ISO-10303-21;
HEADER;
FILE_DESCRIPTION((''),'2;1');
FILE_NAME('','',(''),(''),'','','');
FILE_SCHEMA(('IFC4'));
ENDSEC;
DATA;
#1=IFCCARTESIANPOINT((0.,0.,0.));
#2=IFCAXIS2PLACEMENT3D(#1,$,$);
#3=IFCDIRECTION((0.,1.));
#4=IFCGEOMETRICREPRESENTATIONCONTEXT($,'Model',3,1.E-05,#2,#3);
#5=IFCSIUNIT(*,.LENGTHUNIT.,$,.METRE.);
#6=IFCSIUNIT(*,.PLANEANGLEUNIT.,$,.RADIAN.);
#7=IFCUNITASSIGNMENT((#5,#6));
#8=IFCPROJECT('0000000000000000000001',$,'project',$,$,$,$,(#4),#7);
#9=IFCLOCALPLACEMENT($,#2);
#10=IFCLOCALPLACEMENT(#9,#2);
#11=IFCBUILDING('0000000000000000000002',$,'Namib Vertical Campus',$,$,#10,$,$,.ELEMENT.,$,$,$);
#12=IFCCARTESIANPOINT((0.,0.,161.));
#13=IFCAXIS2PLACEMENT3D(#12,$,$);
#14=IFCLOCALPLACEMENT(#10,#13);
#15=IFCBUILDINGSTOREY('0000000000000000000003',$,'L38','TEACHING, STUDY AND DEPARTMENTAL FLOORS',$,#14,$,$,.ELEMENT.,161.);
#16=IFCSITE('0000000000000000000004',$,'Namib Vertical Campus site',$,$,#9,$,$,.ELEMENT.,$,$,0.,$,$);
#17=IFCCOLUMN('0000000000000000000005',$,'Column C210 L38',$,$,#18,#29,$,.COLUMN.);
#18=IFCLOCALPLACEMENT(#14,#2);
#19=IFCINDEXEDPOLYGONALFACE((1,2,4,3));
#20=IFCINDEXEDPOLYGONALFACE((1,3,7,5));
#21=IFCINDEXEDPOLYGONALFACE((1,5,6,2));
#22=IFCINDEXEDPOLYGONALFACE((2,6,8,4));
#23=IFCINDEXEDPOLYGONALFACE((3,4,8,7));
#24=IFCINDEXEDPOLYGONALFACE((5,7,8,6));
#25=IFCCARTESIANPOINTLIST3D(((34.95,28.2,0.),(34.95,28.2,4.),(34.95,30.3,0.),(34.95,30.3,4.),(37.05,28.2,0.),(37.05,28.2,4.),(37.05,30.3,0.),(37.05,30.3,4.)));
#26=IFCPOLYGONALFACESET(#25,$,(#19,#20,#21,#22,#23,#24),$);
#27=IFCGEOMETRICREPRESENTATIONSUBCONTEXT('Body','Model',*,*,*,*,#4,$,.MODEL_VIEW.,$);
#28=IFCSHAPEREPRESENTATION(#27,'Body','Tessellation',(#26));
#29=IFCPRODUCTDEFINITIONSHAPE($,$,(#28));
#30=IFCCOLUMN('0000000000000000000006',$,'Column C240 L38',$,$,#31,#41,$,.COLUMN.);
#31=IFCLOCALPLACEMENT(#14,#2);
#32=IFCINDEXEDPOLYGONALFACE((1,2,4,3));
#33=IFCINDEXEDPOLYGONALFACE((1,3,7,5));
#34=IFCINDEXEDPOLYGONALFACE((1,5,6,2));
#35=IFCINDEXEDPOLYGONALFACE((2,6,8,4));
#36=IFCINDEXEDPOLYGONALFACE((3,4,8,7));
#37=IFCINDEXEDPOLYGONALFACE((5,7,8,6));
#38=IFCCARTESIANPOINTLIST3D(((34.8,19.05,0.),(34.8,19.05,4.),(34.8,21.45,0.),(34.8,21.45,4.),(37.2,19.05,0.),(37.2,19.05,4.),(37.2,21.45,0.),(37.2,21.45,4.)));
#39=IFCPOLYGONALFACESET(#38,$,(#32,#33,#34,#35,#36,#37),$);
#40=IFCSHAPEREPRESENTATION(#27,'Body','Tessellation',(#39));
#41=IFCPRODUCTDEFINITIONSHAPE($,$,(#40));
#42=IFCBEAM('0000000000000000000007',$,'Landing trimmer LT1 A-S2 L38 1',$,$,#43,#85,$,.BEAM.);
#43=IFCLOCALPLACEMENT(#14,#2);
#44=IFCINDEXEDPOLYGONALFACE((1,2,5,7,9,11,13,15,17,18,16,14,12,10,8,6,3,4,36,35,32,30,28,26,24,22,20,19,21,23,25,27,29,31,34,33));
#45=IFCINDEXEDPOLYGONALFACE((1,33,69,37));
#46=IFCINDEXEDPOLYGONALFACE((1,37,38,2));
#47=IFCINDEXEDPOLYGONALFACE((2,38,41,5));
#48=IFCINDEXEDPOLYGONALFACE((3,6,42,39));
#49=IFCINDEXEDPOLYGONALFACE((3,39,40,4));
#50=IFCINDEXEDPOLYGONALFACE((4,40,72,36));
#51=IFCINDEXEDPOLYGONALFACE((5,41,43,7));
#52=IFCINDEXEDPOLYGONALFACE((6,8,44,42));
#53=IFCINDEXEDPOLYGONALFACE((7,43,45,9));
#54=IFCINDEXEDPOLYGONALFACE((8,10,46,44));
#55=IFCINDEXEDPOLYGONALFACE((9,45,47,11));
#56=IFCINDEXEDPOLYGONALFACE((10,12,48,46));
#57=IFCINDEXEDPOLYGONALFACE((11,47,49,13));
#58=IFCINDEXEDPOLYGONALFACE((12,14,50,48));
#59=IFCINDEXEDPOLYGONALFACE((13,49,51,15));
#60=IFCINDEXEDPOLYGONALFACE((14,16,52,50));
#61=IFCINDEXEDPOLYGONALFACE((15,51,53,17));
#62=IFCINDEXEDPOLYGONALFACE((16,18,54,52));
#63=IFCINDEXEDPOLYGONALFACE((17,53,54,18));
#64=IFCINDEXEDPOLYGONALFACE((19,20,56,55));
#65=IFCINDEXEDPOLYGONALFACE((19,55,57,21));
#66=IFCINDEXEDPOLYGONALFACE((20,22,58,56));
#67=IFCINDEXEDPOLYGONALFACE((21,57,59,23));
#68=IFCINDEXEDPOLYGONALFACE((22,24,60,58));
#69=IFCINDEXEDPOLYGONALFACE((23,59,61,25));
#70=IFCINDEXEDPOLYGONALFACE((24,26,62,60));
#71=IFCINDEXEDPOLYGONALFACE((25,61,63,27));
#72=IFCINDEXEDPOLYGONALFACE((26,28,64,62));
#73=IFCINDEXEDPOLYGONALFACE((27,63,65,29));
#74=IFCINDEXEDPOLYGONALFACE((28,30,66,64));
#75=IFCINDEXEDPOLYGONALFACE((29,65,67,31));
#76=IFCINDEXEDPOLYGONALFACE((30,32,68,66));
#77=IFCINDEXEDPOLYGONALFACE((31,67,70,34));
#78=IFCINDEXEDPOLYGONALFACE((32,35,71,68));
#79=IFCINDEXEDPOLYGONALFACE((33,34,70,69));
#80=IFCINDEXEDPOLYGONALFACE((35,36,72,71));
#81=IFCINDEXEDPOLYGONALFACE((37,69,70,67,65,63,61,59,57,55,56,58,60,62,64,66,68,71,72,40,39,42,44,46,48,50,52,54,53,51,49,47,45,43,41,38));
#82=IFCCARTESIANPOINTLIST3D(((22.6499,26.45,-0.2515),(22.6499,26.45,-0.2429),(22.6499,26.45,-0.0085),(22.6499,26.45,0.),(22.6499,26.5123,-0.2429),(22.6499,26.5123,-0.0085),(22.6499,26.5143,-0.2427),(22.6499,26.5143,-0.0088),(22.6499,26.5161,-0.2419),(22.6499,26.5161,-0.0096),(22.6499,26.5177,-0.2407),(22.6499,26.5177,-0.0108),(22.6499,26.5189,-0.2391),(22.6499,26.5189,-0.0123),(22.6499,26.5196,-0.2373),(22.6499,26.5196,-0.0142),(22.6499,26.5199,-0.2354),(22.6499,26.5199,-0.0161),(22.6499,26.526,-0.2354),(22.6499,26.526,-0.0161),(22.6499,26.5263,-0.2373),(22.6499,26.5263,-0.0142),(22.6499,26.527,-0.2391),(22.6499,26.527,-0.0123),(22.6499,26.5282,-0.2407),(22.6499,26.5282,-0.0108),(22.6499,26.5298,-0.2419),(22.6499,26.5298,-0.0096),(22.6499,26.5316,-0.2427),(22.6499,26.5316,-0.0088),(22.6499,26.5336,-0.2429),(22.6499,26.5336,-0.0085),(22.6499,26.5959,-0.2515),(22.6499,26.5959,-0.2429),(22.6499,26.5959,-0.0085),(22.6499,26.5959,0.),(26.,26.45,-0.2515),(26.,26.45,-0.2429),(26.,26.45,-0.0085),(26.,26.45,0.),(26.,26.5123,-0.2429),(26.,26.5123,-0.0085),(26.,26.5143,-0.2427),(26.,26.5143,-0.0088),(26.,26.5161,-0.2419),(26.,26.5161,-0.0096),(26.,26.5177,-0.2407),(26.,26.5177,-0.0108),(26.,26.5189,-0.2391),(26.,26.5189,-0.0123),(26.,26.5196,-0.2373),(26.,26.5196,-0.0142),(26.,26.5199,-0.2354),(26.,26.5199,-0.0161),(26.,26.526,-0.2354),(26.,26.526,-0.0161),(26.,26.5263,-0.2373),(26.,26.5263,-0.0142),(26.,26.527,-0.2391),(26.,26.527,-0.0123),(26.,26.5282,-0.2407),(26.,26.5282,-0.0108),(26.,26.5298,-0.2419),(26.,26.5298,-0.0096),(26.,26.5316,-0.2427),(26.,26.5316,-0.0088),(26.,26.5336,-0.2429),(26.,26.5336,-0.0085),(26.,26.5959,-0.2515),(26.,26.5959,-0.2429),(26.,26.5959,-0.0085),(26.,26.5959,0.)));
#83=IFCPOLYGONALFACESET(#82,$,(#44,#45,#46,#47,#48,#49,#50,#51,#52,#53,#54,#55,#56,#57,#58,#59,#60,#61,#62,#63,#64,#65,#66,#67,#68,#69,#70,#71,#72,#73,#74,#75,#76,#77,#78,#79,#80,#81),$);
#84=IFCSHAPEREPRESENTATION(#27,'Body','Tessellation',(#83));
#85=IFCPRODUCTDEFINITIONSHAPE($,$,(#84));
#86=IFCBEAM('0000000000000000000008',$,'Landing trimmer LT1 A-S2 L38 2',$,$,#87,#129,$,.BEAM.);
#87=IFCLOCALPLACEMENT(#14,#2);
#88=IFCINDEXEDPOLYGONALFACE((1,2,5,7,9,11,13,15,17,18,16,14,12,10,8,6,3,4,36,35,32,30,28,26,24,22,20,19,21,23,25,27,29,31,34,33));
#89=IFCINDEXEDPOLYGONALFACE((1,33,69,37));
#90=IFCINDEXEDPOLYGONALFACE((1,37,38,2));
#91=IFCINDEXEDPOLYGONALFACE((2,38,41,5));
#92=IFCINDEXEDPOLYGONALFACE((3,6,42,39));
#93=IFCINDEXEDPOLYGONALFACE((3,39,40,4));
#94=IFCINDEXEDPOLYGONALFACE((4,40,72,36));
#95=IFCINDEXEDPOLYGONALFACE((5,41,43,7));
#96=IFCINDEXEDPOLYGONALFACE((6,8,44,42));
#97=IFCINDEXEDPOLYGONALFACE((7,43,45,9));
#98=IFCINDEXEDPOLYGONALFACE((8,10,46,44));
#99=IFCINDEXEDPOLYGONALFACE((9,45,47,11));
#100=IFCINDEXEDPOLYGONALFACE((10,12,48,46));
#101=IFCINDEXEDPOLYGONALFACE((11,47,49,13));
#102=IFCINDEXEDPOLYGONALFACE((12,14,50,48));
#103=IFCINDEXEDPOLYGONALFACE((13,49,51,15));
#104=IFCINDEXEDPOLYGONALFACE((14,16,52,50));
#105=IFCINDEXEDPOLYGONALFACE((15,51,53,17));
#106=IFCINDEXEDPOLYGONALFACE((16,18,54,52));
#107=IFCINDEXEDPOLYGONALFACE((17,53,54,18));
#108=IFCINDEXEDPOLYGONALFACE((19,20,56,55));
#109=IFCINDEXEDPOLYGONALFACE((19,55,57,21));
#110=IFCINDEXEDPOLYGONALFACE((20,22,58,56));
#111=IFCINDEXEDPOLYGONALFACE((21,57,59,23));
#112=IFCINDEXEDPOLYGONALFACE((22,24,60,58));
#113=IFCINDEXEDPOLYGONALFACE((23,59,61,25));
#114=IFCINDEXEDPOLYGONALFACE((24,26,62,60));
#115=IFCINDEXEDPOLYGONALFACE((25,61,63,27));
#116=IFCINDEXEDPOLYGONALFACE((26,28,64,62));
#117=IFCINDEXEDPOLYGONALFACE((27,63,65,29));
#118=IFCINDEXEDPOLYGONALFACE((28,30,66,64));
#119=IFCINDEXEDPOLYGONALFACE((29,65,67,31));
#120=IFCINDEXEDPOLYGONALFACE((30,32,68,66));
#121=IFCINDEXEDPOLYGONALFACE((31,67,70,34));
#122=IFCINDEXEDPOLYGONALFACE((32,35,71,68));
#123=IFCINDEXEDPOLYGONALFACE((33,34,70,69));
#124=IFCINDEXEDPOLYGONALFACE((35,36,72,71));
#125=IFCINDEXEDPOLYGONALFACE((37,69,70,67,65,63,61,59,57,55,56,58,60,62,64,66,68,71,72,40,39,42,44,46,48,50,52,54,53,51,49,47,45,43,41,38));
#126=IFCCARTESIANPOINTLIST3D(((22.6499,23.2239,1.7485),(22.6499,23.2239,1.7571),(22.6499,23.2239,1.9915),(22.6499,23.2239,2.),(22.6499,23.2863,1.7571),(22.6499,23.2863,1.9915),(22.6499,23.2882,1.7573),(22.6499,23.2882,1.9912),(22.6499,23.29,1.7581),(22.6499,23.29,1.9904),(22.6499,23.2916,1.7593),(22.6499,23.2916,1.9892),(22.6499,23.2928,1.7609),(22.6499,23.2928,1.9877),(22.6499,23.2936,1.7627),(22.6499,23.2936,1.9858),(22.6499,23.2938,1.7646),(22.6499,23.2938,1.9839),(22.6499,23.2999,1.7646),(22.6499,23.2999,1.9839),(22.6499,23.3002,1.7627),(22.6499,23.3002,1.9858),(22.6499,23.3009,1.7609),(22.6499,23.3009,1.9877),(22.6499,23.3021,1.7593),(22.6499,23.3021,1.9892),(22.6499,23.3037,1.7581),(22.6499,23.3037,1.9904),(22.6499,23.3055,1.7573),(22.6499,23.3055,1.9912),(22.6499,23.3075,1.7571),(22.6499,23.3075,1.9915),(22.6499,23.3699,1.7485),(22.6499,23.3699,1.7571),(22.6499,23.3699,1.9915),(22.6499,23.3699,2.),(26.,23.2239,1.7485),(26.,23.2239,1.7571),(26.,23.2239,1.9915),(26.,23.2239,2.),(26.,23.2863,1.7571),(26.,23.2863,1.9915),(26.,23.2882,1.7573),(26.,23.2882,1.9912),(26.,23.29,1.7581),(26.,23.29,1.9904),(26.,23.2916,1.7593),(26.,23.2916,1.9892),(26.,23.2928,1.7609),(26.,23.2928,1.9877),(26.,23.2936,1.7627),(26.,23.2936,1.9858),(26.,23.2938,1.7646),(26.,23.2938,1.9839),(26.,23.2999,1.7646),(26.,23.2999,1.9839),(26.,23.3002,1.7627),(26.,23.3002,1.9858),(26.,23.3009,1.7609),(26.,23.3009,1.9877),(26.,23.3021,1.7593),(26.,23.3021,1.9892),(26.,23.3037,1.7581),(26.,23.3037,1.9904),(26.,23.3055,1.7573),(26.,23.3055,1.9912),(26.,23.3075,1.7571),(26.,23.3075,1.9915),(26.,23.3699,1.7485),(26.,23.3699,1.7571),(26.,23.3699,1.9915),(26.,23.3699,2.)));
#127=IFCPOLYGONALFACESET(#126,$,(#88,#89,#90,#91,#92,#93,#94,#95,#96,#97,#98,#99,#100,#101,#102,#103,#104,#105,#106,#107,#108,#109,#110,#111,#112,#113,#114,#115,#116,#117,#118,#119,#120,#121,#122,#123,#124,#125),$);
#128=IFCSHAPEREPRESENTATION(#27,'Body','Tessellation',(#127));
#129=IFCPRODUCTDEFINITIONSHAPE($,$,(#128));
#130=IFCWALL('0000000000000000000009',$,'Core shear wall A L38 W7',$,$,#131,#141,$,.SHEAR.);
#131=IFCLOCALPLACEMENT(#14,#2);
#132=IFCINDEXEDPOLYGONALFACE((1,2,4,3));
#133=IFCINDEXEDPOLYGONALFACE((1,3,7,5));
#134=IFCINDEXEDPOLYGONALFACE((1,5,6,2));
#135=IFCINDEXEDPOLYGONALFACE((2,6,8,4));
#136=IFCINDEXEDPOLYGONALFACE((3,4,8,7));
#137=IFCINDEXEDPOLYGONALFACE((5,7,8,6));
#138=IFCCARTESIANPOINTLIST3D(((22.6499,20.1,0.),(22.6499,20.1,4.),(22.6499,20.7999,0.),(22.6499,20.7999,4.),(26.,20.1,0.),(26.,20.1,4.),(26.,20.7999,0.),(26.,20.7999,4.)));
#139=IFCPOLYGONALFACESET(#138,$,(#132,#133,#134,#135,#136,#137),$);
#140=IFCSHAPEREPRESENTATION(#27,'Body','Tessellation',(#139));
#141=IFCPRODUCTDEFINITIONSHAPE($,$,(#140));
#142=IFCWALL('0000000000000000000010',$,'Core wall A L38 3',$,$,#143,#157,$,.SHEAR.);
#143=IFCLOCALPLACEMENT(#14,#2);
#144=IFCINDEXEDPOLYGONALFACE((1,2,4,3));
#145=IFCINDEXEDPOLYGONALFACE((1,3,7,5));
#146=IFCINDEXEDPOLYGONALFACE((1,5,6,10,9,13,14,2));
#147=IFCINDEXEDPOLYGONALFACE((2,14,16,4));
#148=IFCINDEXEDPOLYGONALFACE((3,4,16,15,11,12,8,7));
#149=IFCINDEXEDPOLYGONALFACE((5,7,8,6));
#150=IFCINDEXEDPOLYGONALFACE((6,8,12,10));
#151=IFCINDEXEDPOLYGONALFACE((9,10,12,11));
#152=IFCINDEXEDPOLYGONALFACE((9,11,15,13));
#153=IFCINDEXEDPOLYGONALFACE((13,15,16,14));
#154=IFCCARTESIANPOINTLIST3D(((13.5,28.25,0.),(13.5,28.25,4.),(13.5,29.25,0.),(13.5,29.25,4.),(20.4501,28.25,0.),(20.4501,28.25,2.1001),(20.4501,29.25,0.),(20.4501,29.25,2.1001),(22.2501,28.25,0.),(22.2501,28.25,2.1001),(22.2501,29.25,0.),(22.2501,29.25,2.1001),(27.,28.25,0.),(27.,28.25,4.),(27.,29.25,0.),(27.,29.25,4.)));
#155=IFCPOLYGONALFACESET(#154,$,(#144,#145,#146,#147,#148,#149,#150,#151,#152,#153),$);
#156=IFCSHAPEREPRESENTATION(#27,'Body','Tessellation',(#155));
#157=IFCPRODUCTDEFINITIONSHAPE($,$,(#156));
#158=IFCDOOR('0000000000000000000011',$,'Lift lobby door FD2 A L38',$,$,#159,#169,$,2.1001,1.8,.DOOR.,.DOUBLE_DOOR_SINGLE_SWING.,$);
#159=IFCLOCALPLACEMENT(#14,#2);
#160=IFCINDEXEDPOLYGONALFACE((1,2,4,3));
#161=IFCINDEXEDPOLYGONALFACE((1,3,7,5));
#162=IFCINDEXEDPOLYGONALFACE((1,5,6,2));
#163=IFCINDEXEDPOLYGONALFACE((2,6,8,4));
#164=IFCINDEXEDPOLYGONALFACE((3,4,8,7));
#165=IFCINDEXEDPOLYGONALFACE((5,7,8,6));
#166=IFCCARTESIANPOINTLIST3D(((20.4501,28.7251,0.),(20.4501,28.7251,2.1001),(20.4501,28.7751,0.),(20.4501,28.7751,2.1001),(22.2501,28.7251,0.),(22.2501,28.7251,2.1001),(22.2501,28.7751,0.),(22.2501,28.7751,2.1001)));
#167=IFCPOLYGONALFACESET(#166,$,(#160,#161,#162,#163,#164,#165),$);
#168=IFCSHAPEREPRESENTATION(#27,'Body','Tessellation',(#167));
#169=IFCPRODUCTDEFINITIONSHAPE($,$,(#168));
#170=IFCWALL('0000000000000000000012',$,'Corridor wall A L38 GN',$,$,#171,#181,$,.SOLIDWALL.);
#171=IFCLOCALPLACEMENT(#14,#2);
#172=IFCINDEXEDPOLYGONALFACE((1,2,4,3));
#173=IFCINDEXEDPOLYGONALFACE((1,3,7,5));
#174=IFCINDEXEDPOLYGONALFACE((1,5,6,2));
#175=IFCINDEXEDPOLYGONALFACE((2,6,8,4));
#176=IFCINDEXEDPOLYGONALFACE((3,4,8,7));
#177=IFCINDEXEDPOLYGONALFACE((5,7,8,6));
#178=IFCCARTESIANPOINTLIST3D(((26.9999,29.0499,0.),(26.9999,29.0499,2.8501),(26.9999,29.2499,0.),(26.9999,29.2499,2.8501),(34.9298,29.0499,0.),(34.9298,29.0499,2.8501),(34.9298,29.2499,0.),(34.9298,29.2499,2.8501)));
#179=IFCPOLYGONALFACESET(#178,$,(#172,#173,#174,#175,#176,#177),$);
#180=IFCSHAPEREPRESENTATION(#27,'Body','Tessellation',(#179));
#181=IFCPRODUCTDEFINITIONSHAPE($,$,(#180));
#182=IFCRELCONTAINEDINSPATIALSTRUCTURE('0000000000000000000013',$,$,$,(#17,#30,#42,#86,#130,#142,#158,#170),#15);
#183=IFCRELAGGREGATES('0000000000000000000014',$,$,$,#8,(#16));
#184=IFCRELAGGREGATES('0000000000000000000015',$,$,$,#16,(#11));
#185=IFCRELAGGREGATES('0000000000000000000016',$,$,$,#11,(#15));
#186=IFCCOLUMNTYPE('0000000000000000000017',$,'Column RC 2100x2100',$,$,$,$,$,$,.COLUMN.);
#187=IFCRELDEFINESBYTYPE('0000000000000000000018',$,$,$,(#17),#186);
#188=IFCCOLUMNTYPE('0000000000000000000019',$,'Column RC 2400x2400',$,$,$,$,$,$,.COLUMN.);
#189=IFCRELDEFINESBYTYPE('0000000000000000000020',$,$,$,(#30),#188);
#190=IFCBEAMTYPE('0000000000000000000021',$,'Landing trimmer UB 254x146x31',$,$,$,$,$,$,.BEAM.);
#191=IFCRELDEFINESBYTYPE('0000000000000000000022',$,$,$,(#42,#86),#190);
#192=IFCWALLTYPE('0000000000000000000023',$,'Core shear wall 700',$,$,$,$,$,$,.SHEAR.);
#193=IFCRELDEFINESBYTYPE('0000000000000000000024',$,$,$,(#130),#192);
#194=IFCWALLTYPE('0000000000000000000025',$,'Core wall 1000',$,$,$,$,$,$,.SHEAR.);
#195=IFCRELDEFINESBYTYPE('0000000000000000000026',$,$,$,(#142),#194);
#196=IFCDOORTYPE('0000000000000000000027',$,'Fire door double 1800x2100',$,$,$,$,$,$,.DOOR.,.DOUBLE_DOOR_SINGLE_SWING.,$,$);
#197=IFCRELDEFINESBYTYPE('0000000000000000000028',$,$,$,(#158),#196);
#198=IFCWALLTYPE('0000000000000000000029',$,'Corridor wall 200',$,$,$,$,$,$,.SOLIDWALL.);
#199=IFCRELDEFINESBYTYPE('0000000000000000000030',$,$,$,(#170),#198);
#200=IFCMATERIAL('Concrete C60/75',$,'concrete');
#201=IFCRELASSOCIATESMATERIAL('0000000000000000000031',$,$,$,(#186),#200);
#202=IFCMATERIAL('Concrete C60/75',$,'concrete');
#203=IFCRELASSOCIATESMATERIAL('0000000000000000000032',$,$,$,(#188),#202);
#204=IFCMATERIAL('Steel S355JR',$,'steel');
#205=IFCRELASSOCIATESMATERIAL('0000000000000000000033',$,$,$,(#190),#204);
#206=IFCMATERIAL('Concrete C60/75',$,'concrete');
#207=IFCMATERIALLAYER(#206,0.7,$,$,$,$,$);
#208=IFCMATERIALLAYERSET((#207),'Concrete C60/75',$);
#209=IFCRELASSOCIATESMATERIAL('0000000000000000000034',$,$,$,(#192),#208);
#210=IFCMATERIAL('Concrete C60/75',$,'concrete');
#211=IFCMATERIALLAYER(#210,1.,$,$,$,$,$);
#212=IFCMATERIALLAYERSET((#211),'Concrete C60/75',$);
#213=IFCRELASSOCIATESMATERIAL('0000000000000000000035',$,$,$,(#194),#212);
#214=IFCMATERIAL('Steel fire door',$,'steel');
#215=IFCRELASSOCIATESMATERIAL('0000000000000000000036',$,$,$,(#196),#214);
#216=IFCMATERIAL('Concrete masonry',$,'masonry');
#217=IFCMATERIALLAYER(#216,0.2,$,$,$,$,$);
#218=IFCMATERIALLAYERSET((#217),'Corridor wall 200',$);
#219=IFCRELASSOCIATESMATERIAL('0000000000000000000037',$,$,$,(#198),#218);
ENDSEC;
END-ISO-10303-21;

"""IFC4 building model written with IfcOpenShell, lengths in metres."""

from ifc_helpers import new_model, si_unit, direction, frame, frame_2d, origin, origin_2d, place, context, subcontext, project, spatial, rectangle, i_section, extrude, material, layer, layer_set, material_profile, profile_set, type_object, element, fill, save


model = new_model("IFC4")

# Units and contexts
model_context = context("Model", 3, precision=1e-05, world=origin(), true_north=direction((0.0, 1.0)))
body_context = subcontext(model_context, "Body", "Model", "MODEL_VIEW")
ifc_project = project(units=[si_unit("LENGTHUNIT", "METRE"), si_unit("PLANEANGLEUNIT", "RADIAN")], contexts=[model_context])

# Site, building, storey
site_placement = place(None, origin())
site = spatial("IfcSite", under=ifc_project, at=site_placement, Name="Namib Vertical Campus site", CompositionType="ELEMENT", RefElevation=0.0)
building_placement = place(site_placement, origin())
building = spatial("IfcBuilding", under=site, at=building_placement, Name="Namib Vertical Campus", CompositionType="ELEMENT")
storey_placement = place(building_placement, frame((0.0, 0.0, 161.0)))
storey = spatial("IfcBuildingStorey", under=building, at=storey_placement, Name="L38", Description="TEACHING, STUDY AND DEPARTMENTAL FLOORS", CompositionType="ELEMENT", Elevation=161.0)

# Columns
ifc_material_1 = material(Name="Concrete C60/75", Category="concrete")
ifc_material_profile_1 = material_profile(ifc_material_1, rectangle(XDim=2.1001, YDim=2.1001, at=origin_2d()))
ifc_profile_set_1 = profile_set([ifc_material_profile_1], Name="Concrete C60/75")
column_type_1 = type_object("IfcColumnType", Name="Column RC 2100x2100", PredefinedType="COLUMN", material=ifc_profile_set_1)
column_1_placement = place(storey_placement, frame((36.0, 29.25, 0.0), z_axis=(0.0, 0.0, 1.0), x_axis=(1.0, 0.0, 0.0)))
element("IfcColumn", 1, at=column_1_placement, inside=storey, type_object=column_type_1, Name="Column C210 L38", PredefinedType="COLUMN", context=body_context, shape_type="SweptSolid", body=[
    extrude(rectangle(XDim=2.1001, YDim=2.1001, at=origin_2d()), origin(), (0.0, 0.0, 1.0), 4.0),
])
ifc_material_2 = material(Name="Concrete C60/75", Category="concrete")
ifc_material_profile_2 = material_profile(ifc_material_2, rectangle(XDim=2.3999, YDim=2.3999, at=origin_2d()))
ifc_profile_set_2 = profile_set([ifc_material_profile_2], Name="Concrete C60/75")
column_type_2 = type_object("IfcColumnType", Name="Column RC 2400x2400", PredefinedType="COLUMN", material=ifc_profile_set_2)
column_2_placement = place(storey_placement, frame((36.0, 20.25, 0.0), z_axis=(0.0, 0.0, 1.0), x_axis=(1.0, 0.0, 0.0)))
element("IfcColumn", 2, at=column_2_placement, inside=storey, type_object=column_type_2, Name="Column C240 L38", PredefinedType="COLUMN", context=body_context, shape_type="SweptSolid", body=[
    extrude(rectangle(XDim=2.3999, YDim=2.3999, at=origin_2d()), origin(), (0.0, 0.0, 1.0), 4.0),
])

# Beams
ifc_material_3 = material(Name="Steel S355JR", Category="steel")
ifc_material_profile_3 = material_profile(ifc_material_3, i_section(OverallWidth=0.146, OverallDepth=0.2515, WebThickness=0.0061, FlangeThickness=0.0085, FilletRadius=0.0076, at=origin_2d()))
ifc_profile_set_3 = profile_set([ifc_material_profile_3], Name="Steel S355JR")
beam_type = type_object("IfcBeamType", Name="Landing trimmer UB 254x146x31", PredefinedType="BEAM", material=ifc_profile_set_3)
for number, where, z_axis, x_axis, name in (
    (3, (22.6499, 26.5229, -0.1257), (1.0, 0.0, 0.0), (0.0, 1.0, 0.0), "Landing trimmer LT1 A-S2 L38 1"),
    (4, (22.6499, 23.2969, 1.8743), (1.0, 0.0, 0.0), (0.0, 1.0, 0.0), "Landing trimmer LT1 A-S2 L38 2"),
):
    element("IfcBeam", number, at=place(storey_placement, frame(where, z_axis=z_axis, x_axis=x_axis)), inside=storey, type_object=beam_type, Name=name, PredefinedType="BEAM", context=body_context, shape_type="SweptSolid", body=[
        extrude(i_section(OverallWidth=0.146, OverallDepth=0.2515, WebThickness=0.0061, FlangeThickness=0.0085, FilletRadius=0.0076, at=origin_2d()), origin(), (0.0, 0.0, 1.0), 3.3501),
    ])

# Wall
ifc_material_4 = material(Name="Concrete C60/75", Category="concrete")
ifc_layer_1 = layer(ifc_material_4, 0.7)
ifc_layer_set_1 = layer_set([ifc_layer_1], Name="Concrete C60/75")
wall_type_1 = type_object("IfcWallType", Name="Core shear wall 700", PredefinedType="SHEAR", material=ifc_layer_set_1)
wall_1_placement = place(storey_placement, frame((22.6499, 20.45, 0.0), z_axis=(0.0, 0.0, 1.0), x_axis=(1.0, 0.0, 0.0)))
element("IfcWall", 5, at=wall_1_placement, inside=storey, type_object=wall_type_1, Name="Core shear wall A L38 W7", PredefinedType="SHEAR", context=body_context, shape_type="SweptSolid", body=[
    extrude(rectangle(XDim=3.3501, YDim=0.7, at=frame_2d((1.675, 0.0))), origin(), (0.0, 0.0, 1.0), 4.0),
])

# Wall, opening, door
ifc_material_5 = material(Name="Concrete C60/75", Category="concrete")
ifc_layer_2 = layer(ifc_material_5, 1.0)
ifc_layer_set_2 = layer_set([ifc_layer_2], Name="Concrete C60/75")
wall_type_2 = type_object("IfcWallType", Name="Core wall 1000", PredefinedType="SHEAR", material=ifc_layer_set_2)
wall_2_placement = place(storey_placement, frame((27.0, 28.75, 0.0), z_axis=(0.0, 0.0, 1.0), x_axis=(-1.0, 0.0, 0.0)))
wall_2 = element("IfcWall", 6, at=wall_2_placement, inside=storey, type_object=wall_type_2, Name="Core wall A L38 3", PredefinedType="SHEAR", context=body_context, shape_type="SweptSolid", body=[
    extrude(rectangle(XDim=13.5, YDim=1.0, at=frame_2d((6.75, 0.0))), origin(), (0.0, 0.0, 1.0), 4.0),
])
opening_1_placement = place(wall_2_placement, frame((4.75, 0.0, 0.0)))
opening_1 = element("IfcOpeningElement", 7, at=opening_1_placement, cuts=wall_2, PredefinedType="OPENING", context=body_context, shape_type="SweptSolid", body=[
    extrude(rectangle(XDim=1.8, YDim=2.1001, at=frame_2d((0.8999, 1.05))), frame((0.0, 0.51, 0.0), z_axis=(0.0, -1.0, 0.0), x_axis=(1.0, 0.0, 0.0)), (0.0, 0.0, 1.0), 1.02),
])
ifc_material_6 = material(Name="Steel fire door", Category="steel")
door_type_1 = type_object("IfcDoorType", Name="Fire door double 1800x2100", OperationType="DOUBLE_DOOR_SINGLE_SWING", PredefinedType="DOOR", material=ifc_material_6)
door_1_placement = place(opening_1_placement, origin())
door_1 = element("IfcDoor", 8, at=door_1_placement, inside=storey, type_object=door_type_1, Name="Lift lobby door FD2 A L38", OperationType="DOUBLE_DOOR_SINGLE_SWING", OverallHeight=2.1001, OverallWidth=1.8, PredefinedType="DOOR", context=body_context, shape_type="SweptSolid", body=[
    extrude(rectangle(XDim=1.8, YDim=2.1001, at=frame_2d((0.8999, 1.05))), frame((0.0, 0.0249, 0.0), z_axis=(0.0, -1.0, 0.0), x_axis=(1.0, 0.0, 0.0)), (0.0, 0.0, 1.0), 0.05),
])
fill(opening_1, door_1)

# Wall
ifc_material_7 = material(Name="Concrete masonry", Category="masonry")
ifc_layer_3 = layer(ifc_material_7, 0.2)
ifc_layer_set_3 = layer_set([ifc_layer_3], Name="Corridor wall 200")
wall_type_3 = type_object("IfcWallType", Name="Corridor wall 200", PredefinedType="SOLIDWALL", material=ifc_layer_set_3)
wall_3_placement = place(storey_placement, frame((27.0, 29.1499, 0.0), z_axis=(0.0, 0.0, 1.0), x_axis=(1.0, 0.0, 0.0)))
element("IfcWall", 9, at=wall_3_placement, inside=storey, type_object=wall_type_3, Name="Corridor wall A L38 GN", PredefinedType="SOLIDWALL", context=body_context, shape_type="SweptSolid", body=[
    extrude(rectangle(XDim=7.9299, YDim=0.2, at=frame_2d((3.9648, 0.0))), origin(), (0.0, 0.0, 1.0), 2.8501),
])

save(model, "model.ifc")
